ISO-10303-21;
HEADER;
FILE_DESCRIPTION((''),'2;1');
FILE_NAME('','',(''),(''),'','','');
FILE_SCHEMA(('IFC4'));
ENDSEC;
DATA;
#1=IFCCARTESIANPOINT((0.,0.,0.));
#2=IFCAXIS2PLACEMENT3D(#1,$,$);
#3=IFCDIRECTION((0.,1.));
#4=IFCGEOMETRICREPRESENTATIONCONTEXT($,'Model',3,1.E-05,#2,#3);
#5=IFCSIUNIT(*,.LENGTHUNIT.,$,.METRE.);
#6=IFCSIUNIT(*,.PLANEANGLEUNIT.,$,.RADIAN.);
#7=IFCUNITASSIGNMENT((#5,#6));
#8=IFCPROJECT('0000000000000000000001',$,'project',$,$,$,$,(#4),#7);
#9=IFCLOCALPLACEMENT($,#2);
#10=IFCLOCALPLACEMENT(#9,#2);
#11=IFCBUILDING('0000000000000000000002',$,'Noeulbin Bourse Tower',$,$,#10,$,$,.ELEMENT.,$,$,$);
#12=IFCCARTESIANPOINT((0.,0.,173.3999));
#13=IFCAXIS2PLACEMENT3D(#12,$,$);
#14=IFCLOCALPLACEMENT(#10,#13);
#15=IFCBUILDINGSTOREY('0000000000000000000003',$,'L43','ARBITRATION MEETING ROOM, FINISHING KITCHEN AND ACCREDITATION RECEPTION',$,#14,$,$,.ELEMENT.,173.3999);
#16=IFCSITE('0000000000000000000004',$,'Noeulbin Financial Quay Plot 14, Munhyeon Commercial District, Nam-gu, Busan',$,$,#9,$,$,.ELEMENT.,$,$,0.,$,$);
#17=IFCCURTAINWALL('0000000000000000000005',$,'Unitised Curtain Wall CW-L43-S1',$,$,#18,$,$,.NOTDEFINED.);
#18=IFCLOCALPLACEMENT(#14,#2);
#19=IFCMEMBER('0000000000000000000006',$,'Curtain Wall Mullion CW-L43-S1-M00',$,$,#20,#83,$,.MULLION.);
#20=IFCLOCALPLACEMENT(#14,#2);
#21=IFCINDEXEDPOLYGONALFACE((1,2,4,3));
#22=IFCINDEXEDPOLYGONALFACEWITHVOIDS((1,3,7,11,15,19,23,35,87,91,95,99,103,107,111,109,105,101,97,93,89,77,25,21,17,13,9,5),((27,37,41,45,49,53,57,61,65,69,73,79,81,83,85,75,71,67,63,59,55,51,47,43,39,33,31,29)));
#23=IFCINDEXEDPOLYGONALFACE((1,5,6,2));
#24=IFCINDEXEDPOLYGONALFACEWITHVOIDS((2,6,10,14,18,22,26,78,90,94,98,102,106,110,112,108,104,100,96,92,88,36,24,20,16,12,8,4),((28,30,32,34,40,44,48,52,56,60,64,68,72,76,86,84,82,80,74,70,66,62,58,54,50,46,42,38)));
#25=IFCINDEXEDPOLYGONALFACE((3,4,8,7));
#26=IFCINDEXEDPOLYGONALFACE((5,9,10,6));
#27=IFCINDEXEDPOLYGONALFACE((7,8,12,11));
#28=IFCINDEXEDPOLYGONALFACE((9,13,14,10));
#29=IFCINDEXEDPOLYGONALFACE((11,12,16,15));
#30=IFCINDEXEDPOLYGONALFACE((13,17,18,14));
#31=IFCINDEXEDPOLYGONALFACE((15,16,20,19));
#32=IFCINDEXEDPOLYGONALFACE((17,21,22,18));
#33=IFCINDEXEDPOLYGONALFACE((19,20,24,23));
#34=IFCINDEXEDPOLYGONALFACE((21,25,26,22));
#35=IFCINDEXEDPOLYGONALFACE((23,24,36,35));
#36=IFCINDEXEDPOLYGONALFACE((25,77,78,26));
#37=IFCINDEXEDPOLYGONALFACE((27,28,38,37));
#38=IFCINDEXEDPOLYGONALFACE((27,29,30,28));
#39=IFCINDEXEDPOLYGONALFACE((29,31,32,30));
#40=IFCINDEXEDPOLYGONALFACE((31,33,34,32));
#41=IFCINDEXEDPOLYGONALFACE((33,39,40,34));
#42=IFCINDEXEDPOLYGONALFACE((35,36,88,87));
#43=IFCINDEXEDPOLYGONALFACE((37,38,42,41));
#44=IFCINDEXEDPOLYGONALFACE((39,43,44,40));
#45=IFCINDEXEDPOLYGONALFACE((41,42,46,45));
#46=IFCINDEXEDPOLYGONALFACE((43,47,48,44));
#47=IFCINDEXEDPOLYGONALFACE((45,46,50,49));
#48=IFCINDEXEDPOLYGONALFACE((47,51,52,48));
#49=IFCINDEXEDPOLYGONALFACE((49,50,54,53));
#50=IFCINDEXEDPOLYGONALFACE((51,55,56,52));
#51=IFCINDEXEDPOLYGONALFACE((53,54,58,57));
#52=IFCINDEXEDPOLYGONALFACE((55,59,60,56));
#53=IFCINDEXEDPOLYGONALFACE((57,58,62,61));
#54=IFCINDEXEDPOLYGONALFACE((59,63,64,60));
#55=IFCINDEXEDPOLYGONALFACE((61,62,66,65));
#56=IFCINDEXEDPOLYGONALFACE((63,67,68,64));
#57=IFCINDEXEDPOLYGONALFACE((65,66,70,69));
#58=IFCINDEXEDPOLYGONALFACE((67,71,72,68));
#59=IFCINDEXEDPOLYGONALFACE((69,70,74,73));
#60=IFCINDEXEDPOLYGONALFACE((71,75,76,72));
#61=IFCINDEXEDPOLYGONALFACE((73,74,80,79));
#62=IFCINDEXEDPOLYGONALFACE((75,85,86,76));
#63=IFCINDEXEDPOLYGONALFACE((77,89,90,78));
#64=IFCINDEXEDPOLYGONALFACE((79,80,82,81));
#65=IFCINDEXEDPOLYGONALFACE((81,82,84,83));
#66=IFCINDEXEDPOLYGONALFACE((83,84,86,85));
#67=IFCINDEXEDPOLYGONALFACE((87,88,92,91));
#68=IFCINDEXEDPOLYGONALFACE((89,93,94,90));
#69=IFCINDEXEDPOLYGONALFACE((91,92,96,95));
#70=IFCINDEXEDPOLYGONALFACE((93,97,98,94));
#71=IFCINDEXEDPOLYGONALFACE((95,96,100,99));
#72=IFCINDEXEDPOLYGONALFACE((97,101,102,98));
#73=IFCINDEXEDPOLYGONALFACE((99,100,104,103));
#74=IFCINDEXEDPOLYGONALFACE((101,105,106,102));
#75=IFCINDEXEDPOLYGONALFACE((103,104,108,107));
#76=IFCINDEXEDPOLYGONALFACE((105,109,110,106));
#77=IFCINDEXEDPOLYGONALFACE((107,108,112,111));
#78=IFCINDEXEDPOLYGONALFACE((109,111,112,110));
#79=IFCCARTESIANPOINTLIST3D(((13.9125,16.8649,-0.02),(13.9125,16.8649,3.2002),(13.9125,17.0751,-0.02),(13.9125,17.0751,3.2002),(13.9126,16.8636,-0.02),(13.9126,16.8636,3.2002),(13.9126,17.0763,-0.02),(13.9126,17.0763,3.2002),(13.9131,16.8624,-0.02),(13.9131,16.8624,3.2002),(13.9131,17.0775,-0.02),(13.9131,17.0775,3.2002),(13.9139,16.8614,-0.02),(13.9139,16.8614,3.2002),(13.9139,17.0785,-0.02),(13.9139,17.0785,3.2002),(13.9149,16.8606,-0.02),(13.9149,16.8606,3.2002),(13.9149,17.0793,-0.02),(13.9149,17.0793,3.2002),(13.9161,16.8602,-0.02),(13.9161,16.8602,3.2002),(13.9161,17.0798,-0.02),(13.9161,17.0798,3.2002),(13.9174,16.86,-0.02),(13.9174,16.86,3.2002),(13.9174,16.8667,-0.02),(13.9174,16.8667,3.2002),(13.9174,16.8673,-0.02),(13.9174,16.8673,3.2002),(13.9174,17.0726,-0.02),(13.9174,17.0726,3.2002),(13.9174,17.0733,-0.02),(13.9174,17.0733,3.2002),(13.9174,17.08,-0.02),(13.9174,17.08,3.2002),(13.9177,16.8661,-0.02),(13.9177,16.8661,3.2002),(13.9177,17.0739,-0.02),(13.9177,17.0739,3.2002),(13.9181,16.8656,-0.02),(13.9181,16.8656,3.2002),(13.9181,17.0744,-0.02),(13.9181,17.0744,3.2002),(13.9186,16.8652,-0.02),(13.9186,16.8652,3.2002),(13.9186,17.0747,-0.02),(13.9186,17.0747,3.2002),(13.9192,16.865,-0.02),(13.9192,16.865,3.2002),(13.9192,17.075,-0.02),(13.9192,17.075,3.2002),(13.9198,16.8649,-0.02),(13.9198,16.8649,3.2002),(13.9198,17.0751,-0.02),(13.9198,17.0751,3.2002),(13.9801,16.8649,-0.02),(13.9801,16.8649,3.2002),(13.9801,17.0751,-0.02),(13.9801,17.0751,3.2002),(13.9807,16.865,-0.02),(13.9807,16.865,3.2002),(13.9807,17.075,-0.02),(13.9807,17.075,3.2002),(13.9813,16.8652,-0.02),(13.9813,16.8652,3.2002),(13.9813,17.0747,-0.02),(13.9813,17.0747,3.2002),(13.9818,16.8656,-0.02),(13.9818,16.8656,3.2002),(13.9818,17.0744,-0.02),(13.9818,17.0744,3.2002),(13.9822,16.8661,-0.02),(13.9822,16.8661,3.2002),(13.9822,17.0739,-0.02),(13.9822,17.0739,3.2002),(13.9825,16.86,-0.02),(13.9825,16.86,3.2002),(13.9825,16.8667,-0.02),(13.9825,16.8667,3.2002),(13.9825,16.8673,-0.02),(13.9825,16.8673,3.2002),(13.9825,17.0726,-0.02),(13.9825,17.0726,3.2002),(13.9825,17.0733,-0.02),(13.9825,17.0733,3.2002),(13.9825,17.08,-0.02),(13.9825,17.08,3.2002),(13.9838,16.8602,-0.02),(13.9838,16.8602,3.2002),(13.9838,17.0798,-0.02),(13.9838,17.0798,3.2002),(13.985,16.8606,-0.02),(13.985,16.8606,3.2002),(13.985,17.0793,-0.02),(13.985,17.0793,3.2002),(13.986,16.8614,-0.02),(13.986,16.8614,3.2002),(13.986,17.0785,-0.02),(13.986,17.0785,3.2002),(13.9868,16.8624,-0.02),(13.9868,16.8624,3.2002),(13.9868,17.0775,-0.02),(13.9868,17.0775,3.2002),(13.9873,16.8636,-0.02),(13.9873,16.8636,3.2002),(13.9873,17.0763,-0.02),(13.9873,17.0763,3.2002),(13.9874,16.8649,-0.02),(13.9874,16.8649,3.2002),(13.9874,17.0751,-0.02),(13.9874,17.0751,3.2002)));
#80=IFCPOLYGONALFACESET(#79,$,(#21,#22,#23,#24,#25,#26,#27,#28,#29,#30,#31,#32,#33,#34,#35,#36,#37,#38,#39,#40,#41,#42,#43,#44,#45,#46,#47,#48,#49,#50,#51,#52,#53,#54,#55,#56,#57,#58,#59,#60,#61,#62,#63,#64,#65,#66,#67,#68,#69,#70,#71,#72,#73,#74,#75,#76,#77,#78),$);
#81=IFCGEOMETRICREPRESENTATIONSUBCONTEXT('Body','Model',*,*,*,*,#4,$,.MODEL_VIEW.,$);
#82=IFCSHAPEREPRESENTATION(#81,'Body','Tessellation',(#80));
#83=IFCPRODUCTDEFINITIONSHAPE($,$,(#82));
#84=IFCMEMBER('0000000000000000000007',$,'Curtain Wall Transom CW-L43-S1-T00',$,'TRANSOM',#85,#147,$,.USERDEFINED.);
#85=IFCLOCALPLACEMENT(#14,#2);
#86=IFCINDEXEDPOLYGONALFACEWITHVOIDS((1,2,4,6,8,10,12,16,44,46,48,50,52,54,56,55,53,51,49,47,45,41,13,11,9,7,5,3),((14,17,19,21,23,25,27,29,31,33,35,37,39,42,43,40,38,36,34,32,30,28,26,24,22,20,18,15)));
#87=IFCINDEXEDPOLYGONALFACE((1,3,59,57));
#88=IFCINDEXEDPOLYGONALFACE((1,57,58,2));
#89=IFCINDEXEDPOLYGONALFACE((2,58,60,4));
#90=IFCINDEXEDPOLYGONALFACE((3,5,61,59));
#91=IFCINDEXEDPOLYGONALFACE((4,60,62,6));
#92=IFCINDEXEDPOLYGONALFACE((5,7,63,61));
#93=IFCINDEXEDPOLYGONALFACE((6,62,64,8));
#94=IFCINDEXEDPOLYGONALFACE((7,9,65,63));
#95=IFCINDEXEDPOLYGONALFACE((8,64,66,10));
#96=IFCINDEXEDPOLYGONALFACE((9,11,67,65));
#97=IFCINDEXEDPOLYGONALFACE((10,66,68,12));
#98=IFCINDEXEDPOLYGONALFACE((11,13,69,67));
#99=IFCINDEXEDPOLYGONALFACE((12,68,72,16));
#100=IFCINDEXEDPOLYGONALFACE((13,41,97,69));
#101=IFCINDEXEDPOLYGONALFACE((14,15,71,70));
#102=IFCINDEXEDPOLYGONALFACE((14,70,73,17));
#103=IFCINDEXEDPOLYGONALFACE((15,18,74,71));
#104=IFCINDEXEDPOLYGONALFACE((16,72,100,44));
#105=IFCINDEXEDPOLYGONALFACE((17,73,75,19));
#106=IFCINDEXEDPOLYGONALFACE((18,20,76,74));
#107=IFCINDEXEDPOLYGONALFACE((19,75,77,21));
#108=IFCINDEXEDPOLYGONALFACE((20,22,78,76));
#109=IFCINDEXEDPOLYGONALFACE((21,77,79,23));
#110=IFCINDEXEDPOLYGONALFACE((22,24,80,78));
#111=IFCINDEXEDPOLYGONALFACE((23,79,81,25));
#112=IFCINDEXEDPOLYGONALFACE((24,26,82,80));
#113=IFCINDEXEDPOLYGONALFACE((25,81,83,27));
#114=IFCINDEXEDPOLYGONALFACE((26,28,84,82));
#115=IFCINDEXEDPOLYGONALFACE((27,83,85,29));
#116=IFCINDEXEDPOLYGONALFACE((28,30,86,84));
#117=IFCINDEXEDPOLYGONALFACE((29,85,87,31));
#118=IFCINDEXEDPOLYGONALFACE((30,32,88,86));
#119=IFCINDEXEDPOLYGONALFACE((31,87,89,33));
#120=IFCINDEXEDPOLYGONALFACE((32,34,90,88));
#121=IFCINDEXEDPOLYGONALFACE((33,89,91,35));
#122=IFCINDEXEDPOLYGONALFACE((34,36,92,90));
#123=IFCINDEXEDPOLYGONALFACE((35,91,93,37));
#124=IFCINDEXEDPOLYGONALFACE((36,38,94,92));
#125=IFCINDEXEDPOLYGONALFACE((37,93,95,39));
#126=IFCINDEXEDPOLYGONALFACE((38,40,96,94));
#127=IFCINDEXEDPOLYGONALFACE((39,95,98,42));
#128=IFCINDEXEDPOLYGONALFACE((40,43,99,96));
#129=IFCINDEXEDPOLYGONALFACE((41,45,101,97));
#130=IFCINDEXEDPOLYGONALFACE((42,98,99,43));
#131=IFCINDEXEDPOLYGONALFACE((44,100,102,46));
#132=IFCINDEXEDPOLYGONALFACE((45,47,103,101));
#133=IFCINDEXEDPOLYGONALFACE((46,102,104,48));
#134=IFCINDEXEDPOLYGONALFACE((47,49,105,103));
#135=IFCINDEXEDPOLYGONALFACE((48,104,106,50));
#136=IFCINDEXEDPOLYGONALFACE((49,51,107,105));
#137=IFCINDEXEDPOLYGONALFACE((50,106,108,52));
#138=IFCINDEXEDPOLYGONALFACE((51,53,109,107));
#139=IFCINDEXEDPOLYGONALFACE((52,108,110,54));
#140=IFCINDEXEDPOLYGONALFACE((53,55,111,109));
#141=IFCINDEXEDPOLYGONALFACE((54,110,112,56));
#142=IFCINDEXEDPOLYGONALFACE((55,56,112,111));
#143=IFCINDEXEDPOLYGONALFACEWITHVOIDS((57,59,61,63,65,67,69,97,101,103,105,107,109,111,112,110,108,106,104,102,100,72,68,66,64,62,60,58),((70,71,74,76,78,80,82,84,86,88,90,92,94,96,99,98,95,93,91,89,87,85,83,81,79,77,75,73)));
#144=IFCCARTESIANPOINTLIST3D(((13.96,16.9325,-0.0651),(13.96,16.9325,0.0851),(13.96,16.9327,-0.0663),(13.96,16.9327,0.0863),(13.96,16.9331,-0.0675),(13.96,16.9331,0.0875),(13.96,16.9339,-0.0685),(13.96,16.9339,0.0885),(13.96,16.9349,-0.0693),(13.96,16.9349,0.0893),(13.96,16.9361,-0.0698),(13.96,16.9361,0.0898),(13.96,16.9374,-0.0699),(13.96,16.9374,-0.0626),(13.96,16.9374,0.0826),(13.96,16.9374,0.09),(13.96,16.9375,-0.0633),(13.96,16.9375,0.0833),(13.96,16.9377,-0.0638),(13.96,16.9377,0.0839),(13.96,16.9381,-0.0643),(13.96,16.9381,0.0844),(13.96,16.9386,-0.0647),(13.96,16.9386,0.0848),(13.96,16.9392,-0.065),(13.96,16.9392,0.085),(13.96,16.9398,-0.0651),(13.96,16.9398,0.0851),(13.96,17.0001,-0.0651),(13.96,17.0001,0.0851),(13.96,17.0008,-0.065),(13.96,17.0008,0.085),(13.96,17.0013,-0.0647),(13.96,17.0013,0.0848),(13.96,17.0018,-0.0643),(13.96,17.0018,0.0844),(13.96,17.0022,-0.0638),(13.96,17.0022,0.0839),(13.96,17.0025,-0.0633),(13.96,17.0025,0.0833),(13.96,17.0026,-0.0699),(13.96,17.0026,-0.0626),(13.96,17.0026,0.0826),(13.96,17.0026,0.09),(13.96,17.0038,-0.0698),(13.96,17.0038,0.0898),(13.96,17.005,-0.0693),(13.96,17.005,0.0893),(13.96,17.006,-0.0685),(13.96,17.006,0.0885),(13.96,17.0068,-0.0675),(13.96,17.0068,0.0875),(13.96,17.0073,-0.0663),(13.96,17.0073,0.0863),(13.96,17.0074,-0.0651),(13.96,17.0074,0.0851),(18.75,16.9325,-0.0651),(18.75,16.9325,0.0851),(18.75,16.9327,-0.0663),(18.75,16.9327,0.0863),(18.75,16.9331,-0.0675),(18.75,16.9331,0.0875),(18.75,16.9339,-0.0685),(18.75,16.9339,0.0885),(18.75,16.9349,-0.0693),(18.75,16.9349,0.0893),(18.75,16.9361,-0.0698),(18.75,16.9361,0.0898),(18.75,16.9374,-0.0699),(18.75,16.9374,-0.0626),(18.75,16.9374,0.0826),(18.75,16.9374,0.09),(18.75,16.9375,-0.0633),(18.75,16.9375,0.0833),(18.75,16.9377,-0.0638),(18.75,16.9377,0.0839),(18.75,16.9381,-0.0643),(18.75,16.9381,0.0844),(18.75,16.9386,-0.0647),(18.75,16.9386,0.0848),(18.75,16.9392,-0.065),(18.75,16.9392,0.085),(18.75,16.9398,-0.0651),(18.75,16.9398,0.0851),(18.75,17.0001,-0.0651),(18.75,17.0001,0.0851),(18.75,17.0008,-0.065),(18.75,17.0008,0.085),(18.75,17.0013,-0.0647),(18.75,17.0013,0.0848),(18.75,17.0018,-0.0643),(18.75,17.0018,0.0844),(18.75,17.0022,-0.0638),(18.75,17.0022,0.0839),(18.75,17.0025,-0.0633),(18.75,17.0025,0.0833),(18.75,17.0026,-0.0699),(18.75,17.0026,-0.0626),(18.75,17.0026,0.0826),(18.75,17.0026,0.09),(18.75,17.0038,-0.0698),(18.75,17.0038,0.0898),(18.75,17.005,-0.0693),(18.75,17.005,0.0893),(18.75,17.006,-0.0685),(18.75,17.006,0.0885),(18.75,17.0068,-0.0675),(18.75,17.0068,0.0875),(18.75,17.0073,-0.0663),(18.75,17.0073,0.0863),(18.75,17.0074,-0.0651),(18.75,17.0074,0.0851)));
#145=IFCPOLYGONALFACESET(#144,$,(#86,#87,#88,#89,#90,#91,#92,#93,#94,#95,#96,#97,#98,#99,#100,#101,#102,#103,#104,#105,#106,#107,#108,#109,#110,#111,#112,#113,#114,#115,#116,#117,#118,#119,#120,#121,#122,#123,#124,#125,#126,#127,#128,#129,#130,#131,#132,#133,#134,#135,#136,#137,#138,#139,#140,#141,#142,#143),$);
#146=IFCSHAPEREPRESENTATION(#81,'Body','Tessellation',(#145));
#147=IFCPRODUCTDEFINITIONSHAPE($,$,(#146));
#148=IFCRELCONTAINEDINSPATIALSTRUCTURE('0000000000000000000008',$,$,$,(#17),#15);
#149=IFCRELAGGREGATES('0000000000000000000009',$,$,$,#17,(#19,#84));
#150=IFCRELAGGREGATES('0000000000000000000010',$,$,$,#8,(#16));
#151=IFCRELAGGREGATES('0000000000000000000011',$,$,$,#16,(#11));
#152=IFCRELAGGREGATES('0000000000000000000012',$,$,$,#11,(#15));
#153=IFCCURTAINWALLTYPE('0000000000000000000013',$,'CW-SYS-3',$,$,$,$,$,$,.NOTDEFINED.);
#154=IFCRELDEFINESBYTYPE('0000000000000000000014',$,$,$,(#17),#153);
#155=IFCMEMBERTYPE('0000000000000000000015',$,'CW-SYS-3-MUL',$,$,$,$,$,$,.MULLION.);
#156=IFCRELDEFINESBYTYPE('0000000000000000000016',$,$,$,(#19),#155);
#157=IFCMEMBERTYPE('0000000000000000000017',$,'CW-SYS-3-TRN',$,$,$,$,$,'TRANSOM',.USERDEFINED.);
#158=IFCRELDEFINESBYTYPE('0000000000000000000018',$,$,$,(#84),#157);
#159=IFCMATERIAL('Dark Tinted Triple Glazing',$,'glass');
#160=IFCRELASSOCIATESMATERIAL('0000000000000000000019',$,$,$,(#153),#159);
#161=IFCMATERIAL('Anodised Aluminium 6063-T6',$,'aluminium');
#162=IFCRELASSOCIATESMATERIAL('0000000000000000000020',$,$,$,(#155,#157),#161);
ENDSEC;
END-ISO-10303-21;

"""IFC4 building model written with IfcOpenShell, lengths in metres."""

from ifc_helpers import new_model, si_unit, direction, frame, origin, origin_2d, place, context, subcontext, project, spatial, hollow_rectangle, extrude, material, material_profile, profile_set, type_object, element, aggregate, save


model = new_model("IFC4")

# Units and contexts
model_context = context("Model", 3, precision=1e-05, world=origin(), true_north=direction((0.0, 1.0)))
body_context = subcontext(model_context, "Body", "Model", "MODEL_VIEW")
ifc_project = project(units=[si_unit("LENGTHUNIT", "METRE"), si_unit("PLANEANGLEUNIT", "RADIAN")], contexts=[model_context])

# Site, building, storey
site_placement = place(None, origin())
site = spatial("IfcSite", under=ifc_project, at=site_placement, Name="Noeulbin Financial Quay Plot 14, Munhyeon Commercial District, Nam-gu, Busan", CompositionType="ELEMENT", RefElevation=0.0)
building_placement = place(site_placement, origin())
building = spatial("IfcBuilding", under=site, at=building_placement, Name="Noeulbin Bourse Tower", CompositionType="ELEMENT")
storey_placement = place(building_placement, frame((0.0, 0.0, 173.3999)))
storey = spatial("IfcBuildingStorey", under=building, at=storey_placement, Name="L43", Description="ARBITRATION MEETING ROOM, FINISHING KITCHEN AND ACCREDITATION RECEPTION", CompositionType="ELEMENT", Elevation=173.3999)

# Curtain wall, members
ifc_material_1 = material(Name="Dark Tinted Triple Glazing", Category="glass")
curtain_wall_type = type_object("IfcCurtainWallType", Name="CW-SYS-3", PredefinedType="NOTDEFINED", material=ifc_material_1)
curtain_wall_placement = place(storey_placement, origin())
curtain_wall = element("IfcCurtainWall", 1, at=curtain_wall_placement, inside=storey, type_object=curtain_wall_type, Name="Unitised Curtain Wall CW-L43-S1", PredefinedType="NOTDEFINED")
ifc_material_2 = material(Name="Anodised Aluminium 6063-T6", Category="aluminium")
ifc_material_profile_1 = material_profile(ifc_material_2, hollow_rectangle(XDim=0.075, YDim=0.22, WallThickness=0.0049, InnerFilletRadius=0.0024, OuterFilletRadius=0.0049, at=origin_2d()), Name="ALU-MULL-75x220x5", Category="LoadBearing")
ifc_profile_set_1 = profile_set([ifc_material_profile_1], Name="Anodised Aluminium 6063-T6")
member_type_1 = type_object("IfcMemberType", Name="CW-SYS-3-MUL", PredefinedType="MULLION", material=ifc_profile_set_1)
member_1_placement = place(storey_placement, frame((13.95, 16.97, -0.02), z_axis=(0.0, 0.0, 1.0), x_axis=(1.0, 0.0, 0.0)))
member_1 = element("IfcMember", 2, at=member_1_placement, type_object=member_type_1, Name="Curtain Wall Mullion CW-L43-S1-M00", PredefinedType="MULLION", context=body_context, shape_type="SweptSolid", body=[
    extrude(hollow_rectangle(XDim=0.075, YDim=0.22, WallThickness=0.0049, InnerFilletRadius=0.0024, OuterFilletRadius=0.0049, at=origin_2d()), origin(), (0.0, 0.0, 1.0), 3.2202),
])
ifc_material_profile_2 = material_profile(ifc_material_2, hollow_rectangle(XDim=0.075, YDim=0.1599, WallThickness=0.0049, InnerFilletRadius=0.0024, OuterFilletRadius=0.0049, at=origin_2d()), Name="ALU-TRAN-75x160x5", Category="LoadBearing")
ifc_profile_set_2 = profile_set([ifc_material_profile_2], Name="Anodised Aluminium 6063-T6")
member_type_2 = type_object("IfcMemberType", Name="CW-SYS-3-TRN", ElementType="TRANSOM", PredefinedType="USERDEFINED", material=ifc_profile_set_2)
member_2_placement = place(storey_placement, frame((13.96, 16.97, 0.01), z_axis=(1.0, 0.0, 0.0), x_axis=(0.0, 1.0, 0.0)))
member_2 = element("IfcMember", 3, at=member_2_placement, type_object=member_type_2, Name="Curtain Wall Transom CW-L43-S1-T00", ObjectType="TRANSOM", PredefinedType="USERDEFINED", context=body_context, shape_type="SweptSolid", body=[
    extrude(hollow_rectangle(XDim=0.075, YDim=0.1599, WallThickness=0.0049, InnerFilletRadius=0.0024, OuterFilletRadius=0.0049, at=origin_2d()), origin(), (0.0, 0.0, 1.0), 4.79),
])
aggregate(curtain_wall, [member_1, member_2])

save(model, "model.ifc")
